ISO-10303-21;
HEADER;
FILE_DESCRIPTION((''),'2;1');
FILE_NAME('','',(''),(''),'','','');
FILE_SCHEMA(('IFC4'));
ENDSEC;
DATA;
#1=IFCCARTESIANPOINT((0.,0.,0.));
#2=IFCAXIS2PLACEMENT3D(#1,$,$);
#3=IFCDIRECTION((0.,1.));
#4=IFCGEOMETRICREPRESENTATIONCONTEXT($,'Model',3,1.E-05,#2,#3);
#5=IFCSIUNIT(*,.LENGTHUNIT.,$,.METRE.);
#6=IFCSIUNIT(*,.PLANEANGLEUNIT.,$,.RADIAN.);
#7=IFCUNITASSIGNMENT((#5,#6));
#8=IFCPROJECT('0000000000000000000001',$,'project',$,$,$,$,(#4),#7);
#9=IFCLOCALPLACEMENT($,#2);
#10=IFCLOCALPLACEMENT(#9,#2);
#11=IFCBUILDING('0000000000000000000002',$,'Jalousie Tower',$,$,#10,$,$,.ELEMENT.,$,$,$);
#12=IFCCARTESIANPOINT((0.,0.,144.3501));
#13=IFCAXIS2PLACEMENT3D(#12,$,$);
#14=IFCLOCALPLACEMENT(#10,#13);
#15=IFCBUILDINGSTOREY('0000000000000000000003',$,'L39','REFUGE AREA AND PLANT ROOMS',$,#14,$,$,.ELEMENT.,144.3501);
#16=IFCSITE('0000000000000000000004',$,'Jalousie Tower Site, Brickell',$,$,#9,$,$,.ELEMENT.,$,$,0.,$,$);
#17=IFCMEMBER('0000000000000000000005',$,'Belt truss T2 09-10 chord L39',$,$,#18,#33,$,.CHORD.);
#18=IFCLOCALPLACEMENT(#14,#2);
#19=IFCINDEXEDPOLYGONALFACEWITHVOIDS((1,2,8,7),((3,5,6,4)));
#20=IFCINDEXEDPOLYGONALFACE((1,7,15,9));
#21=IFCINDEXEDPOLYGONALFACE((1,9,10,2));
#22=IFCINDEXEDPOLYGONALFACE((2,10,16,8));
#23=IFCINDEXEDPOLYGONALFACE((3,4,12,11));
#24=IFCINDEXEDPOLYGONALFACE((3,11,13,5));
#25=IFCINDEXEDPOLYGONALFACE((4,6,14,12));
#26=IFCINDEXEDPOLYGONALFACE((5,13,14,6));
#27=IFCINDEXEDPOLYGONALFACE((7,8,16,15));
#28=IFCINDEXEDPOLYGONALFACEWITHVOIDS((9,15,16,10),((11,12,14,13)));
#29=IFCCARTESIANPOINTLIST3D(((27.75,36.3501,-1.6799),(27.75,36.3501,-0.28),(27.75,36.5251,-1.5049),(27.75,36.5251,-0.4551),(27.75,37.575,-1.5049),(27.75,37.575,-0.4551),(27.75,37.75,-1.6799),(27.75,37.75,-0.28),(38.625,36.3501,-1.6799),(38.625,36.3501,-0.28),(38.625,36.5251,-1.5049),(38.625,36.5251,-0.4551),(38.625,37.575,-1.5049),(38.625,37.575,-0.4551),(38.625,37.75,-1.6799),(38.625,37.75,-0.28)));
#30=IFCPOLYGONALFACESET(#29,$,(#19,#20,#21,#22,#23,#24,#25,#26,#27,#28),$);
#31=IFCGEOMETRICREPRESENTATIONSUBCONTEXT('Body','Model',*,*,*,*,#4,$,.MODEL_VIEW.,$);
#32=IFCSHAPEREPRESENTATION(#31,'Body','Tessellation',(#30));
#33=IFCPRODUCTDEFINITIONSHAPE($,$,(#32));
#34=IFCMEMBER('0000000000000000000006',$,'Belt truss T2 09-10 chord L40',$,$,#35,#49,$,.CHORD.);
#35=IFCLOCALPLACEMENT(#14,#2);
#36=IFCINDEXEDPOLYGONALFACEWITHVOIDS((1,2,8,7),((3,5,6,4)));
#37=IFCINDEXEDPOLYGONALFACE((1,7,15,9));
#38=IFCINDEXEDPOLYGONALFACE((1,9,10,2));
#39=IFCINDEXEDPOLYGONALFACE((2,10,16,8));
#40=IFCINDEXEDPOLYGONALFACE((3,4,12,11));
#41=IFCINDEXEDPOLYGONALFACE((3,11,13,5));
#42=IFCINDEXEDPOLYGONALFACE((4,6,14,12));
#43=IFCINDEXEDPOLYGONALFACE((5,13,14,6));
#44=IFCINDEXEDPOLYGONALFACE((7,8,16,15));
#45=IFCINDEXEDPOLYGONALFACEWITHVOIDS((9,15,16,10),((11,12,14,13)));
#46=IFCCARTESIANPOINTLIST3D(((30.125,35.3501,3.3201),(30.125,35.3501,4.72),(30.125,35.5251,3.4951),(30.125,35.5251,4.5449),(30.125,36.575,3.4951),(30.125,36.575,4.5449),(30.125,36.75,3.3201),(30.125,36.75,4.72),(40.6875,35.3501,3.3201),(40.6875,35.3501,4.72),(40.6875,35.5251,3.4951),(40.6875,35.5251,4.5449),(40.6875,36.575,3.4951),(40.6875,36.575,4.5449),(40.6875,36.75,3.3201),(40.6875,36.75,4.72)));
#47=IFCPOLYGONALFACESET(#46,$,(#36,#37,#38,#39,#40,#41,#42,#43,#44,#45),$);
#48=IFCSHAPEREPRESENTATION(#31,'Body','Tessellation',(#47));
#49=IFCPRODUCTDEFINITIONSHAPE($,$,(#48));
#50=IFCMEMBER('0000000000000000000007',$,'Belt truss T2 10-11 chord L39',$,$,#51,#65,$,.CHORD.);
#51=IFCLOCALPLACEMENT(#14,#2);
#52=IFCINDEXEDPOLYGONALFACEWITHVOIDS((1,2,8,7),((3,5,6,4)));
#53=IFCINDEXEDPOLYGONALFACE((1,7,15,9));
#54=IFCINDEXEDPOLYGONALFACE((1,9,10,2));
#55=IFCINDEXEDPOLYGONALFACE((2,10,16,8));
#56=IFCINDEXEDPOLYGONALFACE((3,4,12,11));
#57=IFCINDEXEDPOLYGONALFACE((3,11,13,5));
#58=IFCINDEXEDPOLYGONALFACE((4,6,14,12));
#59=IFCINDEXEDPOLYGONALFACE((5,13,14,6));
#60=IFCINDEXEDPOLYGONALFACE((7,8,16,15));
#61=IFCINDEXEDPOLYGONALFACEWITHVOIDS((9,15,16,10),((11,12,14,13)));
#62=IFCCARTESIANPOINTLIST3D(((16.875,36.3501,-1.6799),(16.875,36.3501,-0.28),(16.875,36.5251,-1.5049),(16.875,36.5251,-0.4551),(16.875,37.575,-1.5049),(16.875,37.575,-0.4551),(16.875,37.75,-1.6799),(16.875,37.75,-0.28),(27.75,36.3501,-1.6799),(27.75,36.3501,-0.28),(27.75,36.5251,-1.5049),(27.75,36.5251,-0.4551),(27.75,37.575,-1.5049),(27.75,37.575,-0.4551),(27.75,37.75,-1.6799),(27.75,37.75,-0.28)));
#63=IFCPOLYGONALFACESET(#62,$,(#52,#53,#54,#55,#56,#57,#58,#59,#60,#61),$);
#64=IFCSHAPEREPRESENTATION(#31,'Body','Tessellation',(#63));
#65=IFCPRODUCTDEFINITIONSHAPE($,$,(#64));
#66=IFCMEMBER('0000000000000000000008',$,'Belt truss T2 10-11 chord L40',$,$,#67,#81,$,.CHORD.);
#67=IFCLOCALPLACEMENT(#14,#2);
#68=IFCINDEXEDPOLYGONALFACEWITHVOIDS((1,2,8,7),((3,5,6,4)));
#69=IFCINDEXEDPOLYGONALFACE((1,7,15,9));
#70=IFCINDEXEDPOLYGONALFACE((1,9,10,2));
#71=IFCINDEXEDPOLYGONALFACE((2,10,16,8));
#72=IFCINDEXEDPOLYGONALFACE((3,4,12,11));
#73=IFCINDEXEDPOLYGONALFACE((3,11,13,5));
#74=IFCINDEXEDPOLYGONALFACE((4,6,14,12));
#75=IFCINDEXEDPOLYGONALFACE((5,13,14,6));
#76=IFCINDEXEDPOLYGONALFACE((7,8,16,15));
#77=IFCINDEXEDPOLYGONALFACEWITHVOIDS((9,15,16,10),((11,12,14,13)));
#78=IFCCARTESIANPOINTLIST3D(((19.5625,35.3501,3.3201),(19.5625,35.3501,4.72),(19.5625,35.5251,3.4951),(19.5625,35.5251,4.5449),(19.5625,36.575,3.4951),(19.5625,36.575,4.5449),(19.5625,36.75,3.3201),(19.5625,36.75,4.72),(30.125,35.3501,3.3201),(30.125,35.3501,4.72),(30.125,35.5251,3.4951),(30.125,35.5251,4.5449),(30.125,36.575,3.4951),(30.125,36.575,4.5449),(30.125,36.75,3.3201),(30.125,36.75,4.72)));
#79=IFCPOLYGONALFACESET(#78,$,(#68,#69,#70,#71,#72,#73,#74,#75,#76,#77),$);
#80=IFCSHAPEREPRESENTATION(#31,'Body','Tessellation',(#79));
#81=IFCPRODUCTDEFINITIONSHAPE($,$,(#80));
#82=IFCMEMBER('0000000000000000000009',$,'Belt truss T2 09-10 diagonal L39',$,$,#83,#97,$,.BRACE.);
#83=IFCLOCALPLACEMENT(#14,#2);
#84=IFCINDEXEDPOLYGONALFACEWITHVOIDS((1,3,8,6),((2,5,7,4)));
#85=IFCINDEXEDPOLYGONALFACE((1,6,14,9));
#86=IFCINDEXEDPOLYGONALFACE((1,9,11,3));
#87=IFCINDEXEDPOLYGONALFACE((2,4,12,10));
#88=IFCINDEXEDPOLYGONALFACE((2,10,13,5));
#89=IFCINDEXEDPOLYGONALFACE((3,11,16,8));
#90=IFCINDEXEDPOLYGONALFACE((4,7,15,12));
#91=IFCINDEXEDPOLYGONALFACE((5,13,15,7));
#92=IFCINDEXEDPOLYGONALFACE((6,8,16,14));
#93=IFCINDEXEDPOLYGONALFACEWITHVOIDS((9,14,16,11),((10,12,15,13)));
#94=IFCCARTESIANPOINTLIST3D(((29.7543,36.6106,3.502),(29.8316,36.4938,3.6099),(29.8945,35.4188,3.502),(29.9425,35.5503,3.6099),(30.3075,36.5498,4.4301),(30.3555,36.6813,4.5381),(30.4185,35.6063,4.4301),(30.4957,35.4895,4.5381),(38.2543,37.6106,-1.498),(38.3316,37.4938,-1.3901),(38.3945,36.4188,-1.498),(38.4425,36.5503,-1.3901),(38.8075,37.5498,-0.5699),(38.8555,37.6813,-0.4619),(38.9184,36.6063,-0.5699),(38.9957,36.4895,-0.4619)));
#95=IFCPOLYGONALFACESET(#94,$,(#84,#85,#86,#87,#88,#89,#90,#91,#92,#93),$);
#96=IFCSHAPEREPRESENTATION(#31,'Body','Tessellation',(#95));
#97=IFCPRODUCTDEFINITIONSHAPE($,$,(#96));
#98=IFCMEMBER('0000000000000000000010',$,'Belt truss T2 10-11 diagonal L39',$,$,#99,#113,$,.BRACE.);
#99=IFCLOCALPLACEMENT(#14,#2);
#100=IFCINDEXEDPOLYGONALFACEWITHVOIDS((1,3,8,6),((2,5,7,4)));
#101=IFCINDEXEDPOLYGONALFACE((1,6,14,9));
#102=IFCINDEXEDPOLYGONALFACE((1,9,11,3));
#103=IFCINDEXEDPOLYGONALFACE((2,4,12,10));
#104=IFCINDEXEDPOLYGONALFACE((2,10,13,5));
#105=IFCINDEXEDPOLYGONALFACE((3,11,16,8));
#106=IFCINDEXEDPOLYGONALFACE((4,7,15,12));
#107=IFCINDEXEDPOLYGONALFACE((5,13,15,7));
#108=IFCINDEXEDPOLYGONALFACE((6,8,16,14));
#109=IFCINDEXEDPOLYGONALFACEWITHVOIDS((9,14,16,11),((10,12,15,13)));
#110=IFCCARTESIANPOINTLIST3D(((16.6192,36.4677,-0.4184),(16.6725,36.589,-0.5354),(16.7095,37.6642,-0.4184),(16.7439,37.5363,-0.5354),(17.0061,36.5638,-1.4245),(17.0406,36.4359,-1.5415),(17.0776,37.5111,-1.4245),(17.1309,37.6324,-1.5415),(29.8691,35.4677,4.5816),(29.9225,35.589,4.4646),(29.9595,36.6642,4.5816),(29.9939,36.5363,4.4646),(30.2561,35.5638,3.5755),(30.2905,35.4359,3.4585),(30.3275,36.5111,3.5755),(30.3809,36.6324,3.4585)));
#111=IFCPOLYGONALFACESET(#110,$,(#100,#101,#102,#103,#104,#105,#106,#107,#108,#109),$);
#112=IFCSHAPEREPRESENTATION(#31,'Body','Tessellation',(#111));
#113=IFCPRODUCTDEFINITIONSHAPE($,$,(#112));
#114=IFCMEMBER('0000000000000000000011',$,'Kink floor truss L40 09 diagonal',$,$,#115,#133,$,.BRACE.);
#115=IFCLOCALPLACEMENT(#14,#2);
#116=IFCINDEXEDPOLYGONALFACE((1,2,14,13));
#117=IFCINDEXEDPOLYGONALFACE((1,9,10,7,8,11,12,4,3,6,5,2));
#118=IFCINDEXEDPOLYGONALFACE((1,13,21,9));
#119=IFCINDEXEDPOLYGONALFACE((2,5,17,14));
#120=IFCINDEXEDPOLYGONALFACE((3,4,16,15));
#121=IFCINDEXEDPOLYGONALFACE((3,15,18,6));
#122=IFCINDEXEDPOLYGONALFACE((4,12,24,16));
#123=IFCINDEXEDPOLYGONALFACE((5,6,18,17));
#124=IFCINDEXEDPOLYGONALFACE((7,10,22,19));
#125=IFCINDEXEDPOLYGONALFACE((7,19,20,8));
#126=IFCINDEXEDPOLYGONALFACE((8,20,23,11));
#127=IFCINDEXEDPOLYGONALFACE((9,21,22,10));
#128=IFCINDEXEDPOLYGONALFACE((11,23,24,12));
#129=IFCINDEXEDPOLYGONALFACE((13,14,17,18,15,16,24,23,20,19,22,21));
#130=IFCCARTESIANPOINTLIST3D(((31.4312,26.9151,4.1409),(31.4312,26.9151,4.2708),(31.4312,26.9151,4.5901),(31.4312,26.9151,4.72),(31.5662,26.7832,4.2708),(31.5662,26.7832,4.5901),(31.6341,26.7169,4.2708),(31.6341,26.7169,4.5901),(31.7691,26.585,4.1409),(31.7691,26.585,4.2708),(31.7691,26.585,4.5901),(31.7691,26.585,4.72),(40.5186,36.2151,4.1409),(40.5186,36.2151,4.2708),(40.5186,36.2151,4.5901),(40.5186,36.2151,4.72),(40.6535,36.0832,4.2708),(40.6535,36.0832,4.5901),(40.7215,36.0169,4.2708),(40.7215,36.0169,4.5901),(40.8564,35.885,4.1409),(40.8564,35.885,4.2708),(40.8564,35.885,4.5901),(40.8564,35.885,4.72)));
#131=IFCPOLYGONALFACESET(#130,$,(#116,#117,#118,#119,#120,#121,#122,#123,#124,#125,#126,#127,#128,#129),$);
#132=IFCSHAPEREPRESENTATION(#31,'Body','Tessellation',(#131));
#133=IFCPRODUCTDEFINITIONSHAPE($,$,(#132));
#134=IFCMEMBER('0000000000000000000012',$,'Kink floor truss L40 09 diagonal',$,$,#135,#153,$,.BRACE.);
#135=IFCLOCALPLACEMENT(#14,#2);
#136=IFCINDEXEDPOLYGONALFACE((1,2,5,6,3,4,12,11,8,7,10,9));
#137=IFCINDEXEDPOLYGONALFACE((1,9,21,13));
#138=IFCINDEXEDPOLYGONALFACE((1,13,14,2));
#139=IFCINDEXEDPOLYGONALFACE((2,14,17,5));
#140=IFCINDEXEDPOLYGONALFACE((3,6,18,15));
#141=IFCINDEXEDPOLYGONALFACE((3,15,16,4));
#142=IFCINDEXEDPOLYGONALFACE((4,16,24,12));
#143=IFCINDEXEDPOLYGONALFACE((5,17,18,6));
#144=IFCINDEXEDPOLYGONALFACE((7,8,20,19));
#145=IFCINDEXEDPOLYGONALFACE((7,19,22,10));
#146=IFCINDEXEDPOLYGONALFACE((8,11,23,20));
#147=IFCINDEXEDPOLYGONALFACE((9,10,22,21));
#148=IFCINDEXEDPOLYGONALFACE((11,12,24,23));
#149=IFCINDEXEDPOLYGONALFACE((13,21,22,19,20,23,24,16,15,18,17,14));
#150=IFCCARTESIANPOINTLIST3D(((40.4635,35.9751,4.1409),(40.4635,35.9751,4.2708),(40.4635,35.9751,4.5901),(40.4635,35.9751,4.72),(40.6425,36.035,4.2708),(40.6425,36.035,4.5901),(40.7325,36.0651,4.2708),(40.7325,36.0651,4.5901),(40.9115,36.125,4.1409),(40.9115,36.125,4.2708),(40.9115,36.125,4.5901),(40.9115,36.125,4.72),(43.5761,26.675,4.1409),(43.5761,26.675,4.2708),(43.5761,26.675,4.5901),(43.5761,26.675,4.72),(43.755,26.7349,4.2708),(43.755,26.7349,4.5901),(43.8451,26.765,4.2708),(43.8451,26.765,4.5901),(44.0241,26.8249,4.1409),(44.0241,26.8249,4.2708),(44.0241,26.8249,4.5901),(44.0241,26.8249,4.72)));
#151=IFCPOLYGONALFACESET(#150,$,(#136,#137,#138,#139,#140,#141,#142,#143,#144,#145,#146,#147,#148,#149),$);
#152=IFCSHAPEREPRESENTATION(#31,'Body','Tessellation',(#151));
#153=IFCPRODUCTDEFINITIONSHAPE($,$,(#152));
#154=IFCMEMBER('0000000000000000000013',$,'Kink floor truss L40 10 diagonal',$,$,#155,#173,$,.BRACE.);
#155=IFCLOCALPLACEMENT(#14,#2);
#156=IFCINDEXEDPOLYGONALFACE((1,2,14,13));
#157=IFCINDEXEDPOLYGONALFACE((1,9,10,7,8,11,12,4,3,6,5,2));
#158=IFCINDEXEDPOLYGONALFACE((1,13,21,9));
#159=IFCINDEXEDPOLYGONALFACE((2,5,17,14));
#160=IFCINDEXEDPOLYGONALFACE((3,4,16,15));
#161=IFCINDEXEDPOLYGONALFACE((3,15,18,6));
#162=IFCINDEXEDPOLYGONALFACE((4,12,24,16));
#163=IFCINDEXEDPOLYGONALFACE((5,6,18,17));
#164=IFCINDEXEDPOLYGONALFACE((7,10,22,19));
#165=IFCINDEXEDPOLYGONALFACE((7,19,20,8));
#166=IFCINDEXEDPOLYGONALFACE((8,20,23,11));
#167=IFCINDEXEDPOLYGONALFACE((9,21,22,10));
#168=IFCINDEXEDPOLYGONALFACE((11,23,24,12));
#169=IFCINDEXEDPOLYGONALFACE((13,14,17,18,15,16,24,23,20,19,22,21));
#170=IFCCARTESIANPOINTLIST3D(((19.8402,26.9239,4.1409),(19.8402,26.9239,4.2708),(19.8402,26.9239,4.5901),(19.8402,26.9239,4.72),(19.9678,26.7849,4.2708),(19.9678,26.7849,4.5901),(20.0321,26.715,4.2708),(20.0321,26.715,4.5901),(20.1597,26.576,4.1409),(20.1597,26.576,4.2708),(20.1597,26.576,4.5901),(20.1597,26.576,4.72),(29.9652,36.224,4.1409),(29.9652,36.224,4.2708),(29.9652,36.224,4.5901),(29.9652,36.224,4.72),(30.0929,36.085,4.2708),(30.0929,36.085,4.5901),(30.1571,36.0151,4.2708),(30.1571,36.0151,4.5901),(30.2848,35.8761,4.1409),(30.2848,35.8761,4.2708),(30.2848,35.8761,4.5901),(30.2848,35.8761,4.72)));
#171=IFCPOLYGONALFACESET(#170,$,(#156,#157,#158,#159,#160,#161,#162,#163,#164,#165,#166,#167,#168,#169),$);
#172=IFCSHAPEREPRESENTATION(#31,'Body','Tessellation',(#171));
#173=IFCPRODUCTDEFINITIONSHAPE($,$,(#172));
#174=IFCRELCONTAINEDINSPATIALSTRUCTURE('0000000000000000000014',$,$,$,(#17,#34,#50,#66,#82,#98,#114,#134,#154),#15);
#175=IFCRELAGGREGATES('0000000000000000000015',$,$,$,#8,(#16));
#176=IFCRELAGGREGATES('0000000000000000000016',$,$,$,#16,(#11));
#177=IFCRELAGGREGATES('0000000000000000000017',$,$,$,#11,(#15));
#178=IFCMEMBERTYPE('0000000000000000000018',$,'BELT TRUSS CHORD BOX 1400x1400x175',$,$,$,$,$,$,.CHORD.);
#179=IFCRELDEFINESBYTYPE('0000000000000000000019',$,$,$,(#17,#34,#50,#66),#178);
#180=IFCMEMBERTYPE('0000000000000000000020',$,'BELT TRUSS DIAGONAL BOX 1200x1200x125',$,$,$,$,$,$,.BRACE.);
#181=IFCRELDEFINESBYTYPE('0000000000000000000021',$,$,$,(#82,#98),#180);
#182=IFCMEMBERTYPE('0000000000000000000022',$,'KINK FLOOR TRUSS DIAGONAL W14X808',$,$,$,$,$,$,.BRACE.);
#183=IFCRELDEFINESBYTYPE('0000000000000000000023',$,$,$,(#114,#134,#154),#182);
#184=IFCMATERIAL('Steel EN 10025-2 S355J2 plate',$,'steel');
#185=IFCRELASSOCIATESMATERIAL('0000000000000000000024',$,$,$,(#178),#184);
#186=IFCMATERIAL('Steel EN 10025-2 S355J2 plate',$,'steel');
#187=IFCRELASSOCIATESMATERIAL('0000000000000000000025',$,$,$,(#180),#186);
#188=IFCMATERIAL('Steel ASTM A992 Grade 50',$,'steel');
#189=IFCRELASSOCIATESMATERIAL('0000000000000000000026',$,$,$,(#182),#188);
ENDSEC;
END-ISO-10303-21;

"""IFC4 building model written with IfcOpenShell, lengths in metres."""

from ifc_helpers import new_model, si_unit, direction, frame, origin, origin_2d, place, context, subcontext, project, spatial, hollow_rectangle, i_section, extrude, material, material_profile, profile_set, type_object, element, save


model = new_model("IFC4")

# Units and contexts
model_context = context("Model", 3, precision=1e-05, world=origin(), true_north=direction((0.0, 1.0)))
body_context = subcontext(model_context, "Body", "Model", "MODEL_VIEW")
ifc_project = project(units=[si_unit("LENGTHUNIT", "METRE"), si_unit("PLANEANGLEUNIT", "RADIAN")], contexts=[model_context])

# Site, building, storey
site_placement = place(None, origin())
site = spatial("IfcSite", under=ifc_project, at=site_placement, Name="Jalousie Tower Site, Brickell", CompositionType="ELEMENT", RefElevation=0.0)
building_placement = place(site_placement, origin())
building = spatial("IfcBuilding", under=site, at=building_placement, Name="Jalousie Tower", CompositionType="ELEMENT")
storey_placement = place(building_placement, frame((0.0, 0.0, 144.3501)))
storey = spatial("IfcBuildingStorey", under=building, at=storey_placement, Name="L39", Description="REFUGE AREA AND PLANT ROOMS", CompositionType="ELEMENT", Elevation=144.3501)

# Members
ifc_material_1 = material(Name="Steel EN 10025-2 S355J2 plate", Category="steel")
ifc_material_profile_1 = material_profile(ifc_material_1, hollow_rectangle(XDim=1.3999, YDim=1.3999, WallThickness=0.175, at=origin_2d()), Name="BOX 1400x1400x175")
ifc_profile_set_1 = profile_set([ifc_material_profile_1], Name="Steel EN 10025-2 S355J2 plate")
member_type_1 = type_object("IfcMemberType", Name="BELT TRUSS CHORD BOX 1400x1400x175", PredefinedType="CHORD", material=ifc_profile_set_1)
member_1_placement = place(storey_placement, frame((38.625, 37.05, -0.98), z_axis=(-1.0, 0.0, 0.0), x_axis=(0.0, -1.0, 0.0)))
element("IfcMember", 1, at=member_1_placement, inside=storey, type_object=member_type_1, Name="Belt truss T2 09-10 chord L39", PredefinedType="CHORD", context=body_context, shape_type="SweptSolid", body=[
    extrude(hollow_rectangle(XDim=1.3999, YDim=1.3999, WallThickness=0.175, at=origin_2d()), origin(), (0.0, 0.0, 1.0), 10.875),
])
member_2_placement = place(storey_placement, frame((40.6875, 36.05, 4.02), z_axis=(-1.0, 0.0, 0.0), x_axis=(0.0, -1.0, 0.0)))
element("IfcMember", 2, at=member_2_placement, inside=storey, type_object=member_type_1, Name="Belt truss T2 09-10 chord L40", PredefinedType="CHORD", context=body_context, shape_type="SweptSolid", body=[
    extrude(hollow_rectangle(XDim=1.3999, YDim=1.3999, WallThickness=0.175, at=origin_2d()), origin(), (0.0, 0.0, 1.0), 10.5625),
])
member_3_placement = place(storey_placement, frame((27.75, 37.05, -0.98), z_axis=(-1.0, 0.0, 0.0), x_axis=(0.0, -1.0, 0.0)))
element("IfcMember", 3, at=member_3_placement, inside=storey, type_object=member_type_1, Name="Belt truss T2 10-11 chord L39", PredefinedType="CHORD", context=body_context, shape_type="SweptSolid", body=[
    extrude(hollow_rectangle(XDim=1.3999, YDim=1.3999, WallThickness=0.175, at=origin_2d()), origin(), (0.0, 0.0, 1.0), 10.875),
])
member_4_placement = place(storey_placement, frame((30.125, 36.05, 4.02), z_axis=(-1.0, 0.0, 0.0), x_axis=(0.0, -1.0, 0.0)))
element("IfcMember", 4, at=member_4_placement, inside=storey, type_object=member_type_1, Name="Belt truss T2 10-11 chord L40", PredefinedType="CHORD", context=body_context, shape_type="SweptSolid", body=[
    extrude(hollow_rectangle(XDim=1.3999, YDim=1.3999, WallThickness=0.175, at=origin_2d()), origin(), (0.0, 0.0, 1.0), 10.5625),
])
ifc_material_2 = material(Name="Steel EN 10025-2 S355J2 plate", Category="steel")
ifc_material_profile_2 = material_profile(ifc_material_2, hollow_rectangle(XDim=1.2, YDim=1.2, WallThickness=0.125, at=origin_2d()), Name="BOX 1200x1200x125")
ifc_profile_set_2 = profile_set([ifc_material_profile_2], Name="Steel EN 10025-2 S355J2 plate")
member_type_2 = type_object("IfcMemberType", Name="BELT TRUSS DIAGONAL BOX 1200x1200x125", PredefinedType="BRACE", material=ifc_profile_set_2)
member_5_placement = place(storey_placement, frame((38.625, 37.05, -0.98), z_axis=(-0.857537, -0.100887, 0.504433), x_axis=(0.116841, -0.993151, 0.0)))
element("IfcMember", 5, at=member_5_placement, inside=storey, type_object=member_type_2, Name="Belt truss T2 09-10 diagonal L39", PredefinedType="BRACE", context=body_context, shape_type="SweptSolid", body=[
    extrude(hollow_rectangle(XDim=1.2, YDim=1.2, WallThickness=0.125, at=origin_2d()), origin(), (0.0, 0.0, 1.0), 9.9121),
])
member_6_placement = place(storey_placement, frame((30.125, 36.05, 4.02), z_axis=(-0.933278, 0.070436, -0.35218), x_axis=(-0.075258, -0.997164, 0.0)))
element("IfcMember", 6, at=member_6_placement, inside=storey, type_object=member_type_2, Name="Belt truss T2 10-11 diagonal L39", PredefinedType="BRACE", context=body_context, shape_type="SweptSolid", body=[
    extrude(hollow_rectangle(XDim=1.2, YDim=1.2, WallThickness=0.125, at=origin_2d()), origin(), (0.0, 0.0, 1.0), 14.1973),
])
ifc_material_3 = material(Name="Steel ASTM A992 Grade 50", Category="steel")
ifc_material_profile_3 = material_profile(ifc_material_3, i_section(OverallWidth=0.4724, OverallDepth=0.5791, WebThickness=0.095, FlangeThickness=0.1299, at=origin_2d()), Name="W14X808")
ifc_profile_set_3 = profile_set([ifc_material_profile_3], Name="Steel ASTM A992 Grade 50")
member_type_3 = type_object("IfcMemberType", Name="KINK FLOOR TRUSS DIAGONAL W14X808", PredefinedType="BRACE", material=ifc_profile_set_3)
member_7_placement = place(storey_placement, frame((40.6875, 36.05, 4.4304), z_axis=(-0.698883, -0.715236, 0.0), x_axis=(0.715236, -0.698883, 0.0)))
element("IfcMember", 7, at=member_7_placement, inside=storey, type_object=member_type_3, Name="Kink floor truss L40 09 diagonal", PredefinedType="BRACE", context=body_context, shape_type="SweptSolid", body=[
    extrude(i_section(OverallWidth=0.4724, OverallDepth=0.5791, WebThickness=0.095, FlangeThickness=0.1299, at=origin_2d()), origin(), (0.0, 0.0, 1.0), 13.0027),
])
member_8_placement = place(storey_placement, frame((40.6875, 36.05, 4.4304), z_axis=(0.317378, -0.948299, 0.0), x_axis=(0.948299, 0.317378, 0.0)))
element("IfcMember", 8, at=member_8_placement, inside=storey, type_object=member_type_3, Name="Kink floor truss L40 09 diagonal", PredefinedType="BRACE", context=body_context, shape_type="SweptSolid", body=[
    extrude(i_section(OverallWidth=0.4724, OverallDepth=0.5791, WebThickness=0.095, FlangeThickness=0.1299, at=origin_2d()), origin(), (0.0, 0.0, 1.0), 9.8071),
])
member_9_placement = place(storey_placement, frame((30.125, 36.05, 4.4304), z_axis=(-0.736473, -0.676467, 0.0), x_axis=(0.676467, -0.736473, 0.0)))
element("IfcMember", 9, at=member_9_placement, inside=storey, type_object=member_type_3, Name="Kink floor truss L40 10 diagonal", PredefinedType="BRACE", context=body_context, shape_type="SweptSolid", body=[
    extrude(i_section(OverallWidth=0.4724, OverallDepth=0.5791, WebThickness=0.095, FlangeThickness=0.1299, at=origin_2d()), origin(), (0.0, 0.0, 1.0), 13.748),
])

save(model, "model.ifc")
